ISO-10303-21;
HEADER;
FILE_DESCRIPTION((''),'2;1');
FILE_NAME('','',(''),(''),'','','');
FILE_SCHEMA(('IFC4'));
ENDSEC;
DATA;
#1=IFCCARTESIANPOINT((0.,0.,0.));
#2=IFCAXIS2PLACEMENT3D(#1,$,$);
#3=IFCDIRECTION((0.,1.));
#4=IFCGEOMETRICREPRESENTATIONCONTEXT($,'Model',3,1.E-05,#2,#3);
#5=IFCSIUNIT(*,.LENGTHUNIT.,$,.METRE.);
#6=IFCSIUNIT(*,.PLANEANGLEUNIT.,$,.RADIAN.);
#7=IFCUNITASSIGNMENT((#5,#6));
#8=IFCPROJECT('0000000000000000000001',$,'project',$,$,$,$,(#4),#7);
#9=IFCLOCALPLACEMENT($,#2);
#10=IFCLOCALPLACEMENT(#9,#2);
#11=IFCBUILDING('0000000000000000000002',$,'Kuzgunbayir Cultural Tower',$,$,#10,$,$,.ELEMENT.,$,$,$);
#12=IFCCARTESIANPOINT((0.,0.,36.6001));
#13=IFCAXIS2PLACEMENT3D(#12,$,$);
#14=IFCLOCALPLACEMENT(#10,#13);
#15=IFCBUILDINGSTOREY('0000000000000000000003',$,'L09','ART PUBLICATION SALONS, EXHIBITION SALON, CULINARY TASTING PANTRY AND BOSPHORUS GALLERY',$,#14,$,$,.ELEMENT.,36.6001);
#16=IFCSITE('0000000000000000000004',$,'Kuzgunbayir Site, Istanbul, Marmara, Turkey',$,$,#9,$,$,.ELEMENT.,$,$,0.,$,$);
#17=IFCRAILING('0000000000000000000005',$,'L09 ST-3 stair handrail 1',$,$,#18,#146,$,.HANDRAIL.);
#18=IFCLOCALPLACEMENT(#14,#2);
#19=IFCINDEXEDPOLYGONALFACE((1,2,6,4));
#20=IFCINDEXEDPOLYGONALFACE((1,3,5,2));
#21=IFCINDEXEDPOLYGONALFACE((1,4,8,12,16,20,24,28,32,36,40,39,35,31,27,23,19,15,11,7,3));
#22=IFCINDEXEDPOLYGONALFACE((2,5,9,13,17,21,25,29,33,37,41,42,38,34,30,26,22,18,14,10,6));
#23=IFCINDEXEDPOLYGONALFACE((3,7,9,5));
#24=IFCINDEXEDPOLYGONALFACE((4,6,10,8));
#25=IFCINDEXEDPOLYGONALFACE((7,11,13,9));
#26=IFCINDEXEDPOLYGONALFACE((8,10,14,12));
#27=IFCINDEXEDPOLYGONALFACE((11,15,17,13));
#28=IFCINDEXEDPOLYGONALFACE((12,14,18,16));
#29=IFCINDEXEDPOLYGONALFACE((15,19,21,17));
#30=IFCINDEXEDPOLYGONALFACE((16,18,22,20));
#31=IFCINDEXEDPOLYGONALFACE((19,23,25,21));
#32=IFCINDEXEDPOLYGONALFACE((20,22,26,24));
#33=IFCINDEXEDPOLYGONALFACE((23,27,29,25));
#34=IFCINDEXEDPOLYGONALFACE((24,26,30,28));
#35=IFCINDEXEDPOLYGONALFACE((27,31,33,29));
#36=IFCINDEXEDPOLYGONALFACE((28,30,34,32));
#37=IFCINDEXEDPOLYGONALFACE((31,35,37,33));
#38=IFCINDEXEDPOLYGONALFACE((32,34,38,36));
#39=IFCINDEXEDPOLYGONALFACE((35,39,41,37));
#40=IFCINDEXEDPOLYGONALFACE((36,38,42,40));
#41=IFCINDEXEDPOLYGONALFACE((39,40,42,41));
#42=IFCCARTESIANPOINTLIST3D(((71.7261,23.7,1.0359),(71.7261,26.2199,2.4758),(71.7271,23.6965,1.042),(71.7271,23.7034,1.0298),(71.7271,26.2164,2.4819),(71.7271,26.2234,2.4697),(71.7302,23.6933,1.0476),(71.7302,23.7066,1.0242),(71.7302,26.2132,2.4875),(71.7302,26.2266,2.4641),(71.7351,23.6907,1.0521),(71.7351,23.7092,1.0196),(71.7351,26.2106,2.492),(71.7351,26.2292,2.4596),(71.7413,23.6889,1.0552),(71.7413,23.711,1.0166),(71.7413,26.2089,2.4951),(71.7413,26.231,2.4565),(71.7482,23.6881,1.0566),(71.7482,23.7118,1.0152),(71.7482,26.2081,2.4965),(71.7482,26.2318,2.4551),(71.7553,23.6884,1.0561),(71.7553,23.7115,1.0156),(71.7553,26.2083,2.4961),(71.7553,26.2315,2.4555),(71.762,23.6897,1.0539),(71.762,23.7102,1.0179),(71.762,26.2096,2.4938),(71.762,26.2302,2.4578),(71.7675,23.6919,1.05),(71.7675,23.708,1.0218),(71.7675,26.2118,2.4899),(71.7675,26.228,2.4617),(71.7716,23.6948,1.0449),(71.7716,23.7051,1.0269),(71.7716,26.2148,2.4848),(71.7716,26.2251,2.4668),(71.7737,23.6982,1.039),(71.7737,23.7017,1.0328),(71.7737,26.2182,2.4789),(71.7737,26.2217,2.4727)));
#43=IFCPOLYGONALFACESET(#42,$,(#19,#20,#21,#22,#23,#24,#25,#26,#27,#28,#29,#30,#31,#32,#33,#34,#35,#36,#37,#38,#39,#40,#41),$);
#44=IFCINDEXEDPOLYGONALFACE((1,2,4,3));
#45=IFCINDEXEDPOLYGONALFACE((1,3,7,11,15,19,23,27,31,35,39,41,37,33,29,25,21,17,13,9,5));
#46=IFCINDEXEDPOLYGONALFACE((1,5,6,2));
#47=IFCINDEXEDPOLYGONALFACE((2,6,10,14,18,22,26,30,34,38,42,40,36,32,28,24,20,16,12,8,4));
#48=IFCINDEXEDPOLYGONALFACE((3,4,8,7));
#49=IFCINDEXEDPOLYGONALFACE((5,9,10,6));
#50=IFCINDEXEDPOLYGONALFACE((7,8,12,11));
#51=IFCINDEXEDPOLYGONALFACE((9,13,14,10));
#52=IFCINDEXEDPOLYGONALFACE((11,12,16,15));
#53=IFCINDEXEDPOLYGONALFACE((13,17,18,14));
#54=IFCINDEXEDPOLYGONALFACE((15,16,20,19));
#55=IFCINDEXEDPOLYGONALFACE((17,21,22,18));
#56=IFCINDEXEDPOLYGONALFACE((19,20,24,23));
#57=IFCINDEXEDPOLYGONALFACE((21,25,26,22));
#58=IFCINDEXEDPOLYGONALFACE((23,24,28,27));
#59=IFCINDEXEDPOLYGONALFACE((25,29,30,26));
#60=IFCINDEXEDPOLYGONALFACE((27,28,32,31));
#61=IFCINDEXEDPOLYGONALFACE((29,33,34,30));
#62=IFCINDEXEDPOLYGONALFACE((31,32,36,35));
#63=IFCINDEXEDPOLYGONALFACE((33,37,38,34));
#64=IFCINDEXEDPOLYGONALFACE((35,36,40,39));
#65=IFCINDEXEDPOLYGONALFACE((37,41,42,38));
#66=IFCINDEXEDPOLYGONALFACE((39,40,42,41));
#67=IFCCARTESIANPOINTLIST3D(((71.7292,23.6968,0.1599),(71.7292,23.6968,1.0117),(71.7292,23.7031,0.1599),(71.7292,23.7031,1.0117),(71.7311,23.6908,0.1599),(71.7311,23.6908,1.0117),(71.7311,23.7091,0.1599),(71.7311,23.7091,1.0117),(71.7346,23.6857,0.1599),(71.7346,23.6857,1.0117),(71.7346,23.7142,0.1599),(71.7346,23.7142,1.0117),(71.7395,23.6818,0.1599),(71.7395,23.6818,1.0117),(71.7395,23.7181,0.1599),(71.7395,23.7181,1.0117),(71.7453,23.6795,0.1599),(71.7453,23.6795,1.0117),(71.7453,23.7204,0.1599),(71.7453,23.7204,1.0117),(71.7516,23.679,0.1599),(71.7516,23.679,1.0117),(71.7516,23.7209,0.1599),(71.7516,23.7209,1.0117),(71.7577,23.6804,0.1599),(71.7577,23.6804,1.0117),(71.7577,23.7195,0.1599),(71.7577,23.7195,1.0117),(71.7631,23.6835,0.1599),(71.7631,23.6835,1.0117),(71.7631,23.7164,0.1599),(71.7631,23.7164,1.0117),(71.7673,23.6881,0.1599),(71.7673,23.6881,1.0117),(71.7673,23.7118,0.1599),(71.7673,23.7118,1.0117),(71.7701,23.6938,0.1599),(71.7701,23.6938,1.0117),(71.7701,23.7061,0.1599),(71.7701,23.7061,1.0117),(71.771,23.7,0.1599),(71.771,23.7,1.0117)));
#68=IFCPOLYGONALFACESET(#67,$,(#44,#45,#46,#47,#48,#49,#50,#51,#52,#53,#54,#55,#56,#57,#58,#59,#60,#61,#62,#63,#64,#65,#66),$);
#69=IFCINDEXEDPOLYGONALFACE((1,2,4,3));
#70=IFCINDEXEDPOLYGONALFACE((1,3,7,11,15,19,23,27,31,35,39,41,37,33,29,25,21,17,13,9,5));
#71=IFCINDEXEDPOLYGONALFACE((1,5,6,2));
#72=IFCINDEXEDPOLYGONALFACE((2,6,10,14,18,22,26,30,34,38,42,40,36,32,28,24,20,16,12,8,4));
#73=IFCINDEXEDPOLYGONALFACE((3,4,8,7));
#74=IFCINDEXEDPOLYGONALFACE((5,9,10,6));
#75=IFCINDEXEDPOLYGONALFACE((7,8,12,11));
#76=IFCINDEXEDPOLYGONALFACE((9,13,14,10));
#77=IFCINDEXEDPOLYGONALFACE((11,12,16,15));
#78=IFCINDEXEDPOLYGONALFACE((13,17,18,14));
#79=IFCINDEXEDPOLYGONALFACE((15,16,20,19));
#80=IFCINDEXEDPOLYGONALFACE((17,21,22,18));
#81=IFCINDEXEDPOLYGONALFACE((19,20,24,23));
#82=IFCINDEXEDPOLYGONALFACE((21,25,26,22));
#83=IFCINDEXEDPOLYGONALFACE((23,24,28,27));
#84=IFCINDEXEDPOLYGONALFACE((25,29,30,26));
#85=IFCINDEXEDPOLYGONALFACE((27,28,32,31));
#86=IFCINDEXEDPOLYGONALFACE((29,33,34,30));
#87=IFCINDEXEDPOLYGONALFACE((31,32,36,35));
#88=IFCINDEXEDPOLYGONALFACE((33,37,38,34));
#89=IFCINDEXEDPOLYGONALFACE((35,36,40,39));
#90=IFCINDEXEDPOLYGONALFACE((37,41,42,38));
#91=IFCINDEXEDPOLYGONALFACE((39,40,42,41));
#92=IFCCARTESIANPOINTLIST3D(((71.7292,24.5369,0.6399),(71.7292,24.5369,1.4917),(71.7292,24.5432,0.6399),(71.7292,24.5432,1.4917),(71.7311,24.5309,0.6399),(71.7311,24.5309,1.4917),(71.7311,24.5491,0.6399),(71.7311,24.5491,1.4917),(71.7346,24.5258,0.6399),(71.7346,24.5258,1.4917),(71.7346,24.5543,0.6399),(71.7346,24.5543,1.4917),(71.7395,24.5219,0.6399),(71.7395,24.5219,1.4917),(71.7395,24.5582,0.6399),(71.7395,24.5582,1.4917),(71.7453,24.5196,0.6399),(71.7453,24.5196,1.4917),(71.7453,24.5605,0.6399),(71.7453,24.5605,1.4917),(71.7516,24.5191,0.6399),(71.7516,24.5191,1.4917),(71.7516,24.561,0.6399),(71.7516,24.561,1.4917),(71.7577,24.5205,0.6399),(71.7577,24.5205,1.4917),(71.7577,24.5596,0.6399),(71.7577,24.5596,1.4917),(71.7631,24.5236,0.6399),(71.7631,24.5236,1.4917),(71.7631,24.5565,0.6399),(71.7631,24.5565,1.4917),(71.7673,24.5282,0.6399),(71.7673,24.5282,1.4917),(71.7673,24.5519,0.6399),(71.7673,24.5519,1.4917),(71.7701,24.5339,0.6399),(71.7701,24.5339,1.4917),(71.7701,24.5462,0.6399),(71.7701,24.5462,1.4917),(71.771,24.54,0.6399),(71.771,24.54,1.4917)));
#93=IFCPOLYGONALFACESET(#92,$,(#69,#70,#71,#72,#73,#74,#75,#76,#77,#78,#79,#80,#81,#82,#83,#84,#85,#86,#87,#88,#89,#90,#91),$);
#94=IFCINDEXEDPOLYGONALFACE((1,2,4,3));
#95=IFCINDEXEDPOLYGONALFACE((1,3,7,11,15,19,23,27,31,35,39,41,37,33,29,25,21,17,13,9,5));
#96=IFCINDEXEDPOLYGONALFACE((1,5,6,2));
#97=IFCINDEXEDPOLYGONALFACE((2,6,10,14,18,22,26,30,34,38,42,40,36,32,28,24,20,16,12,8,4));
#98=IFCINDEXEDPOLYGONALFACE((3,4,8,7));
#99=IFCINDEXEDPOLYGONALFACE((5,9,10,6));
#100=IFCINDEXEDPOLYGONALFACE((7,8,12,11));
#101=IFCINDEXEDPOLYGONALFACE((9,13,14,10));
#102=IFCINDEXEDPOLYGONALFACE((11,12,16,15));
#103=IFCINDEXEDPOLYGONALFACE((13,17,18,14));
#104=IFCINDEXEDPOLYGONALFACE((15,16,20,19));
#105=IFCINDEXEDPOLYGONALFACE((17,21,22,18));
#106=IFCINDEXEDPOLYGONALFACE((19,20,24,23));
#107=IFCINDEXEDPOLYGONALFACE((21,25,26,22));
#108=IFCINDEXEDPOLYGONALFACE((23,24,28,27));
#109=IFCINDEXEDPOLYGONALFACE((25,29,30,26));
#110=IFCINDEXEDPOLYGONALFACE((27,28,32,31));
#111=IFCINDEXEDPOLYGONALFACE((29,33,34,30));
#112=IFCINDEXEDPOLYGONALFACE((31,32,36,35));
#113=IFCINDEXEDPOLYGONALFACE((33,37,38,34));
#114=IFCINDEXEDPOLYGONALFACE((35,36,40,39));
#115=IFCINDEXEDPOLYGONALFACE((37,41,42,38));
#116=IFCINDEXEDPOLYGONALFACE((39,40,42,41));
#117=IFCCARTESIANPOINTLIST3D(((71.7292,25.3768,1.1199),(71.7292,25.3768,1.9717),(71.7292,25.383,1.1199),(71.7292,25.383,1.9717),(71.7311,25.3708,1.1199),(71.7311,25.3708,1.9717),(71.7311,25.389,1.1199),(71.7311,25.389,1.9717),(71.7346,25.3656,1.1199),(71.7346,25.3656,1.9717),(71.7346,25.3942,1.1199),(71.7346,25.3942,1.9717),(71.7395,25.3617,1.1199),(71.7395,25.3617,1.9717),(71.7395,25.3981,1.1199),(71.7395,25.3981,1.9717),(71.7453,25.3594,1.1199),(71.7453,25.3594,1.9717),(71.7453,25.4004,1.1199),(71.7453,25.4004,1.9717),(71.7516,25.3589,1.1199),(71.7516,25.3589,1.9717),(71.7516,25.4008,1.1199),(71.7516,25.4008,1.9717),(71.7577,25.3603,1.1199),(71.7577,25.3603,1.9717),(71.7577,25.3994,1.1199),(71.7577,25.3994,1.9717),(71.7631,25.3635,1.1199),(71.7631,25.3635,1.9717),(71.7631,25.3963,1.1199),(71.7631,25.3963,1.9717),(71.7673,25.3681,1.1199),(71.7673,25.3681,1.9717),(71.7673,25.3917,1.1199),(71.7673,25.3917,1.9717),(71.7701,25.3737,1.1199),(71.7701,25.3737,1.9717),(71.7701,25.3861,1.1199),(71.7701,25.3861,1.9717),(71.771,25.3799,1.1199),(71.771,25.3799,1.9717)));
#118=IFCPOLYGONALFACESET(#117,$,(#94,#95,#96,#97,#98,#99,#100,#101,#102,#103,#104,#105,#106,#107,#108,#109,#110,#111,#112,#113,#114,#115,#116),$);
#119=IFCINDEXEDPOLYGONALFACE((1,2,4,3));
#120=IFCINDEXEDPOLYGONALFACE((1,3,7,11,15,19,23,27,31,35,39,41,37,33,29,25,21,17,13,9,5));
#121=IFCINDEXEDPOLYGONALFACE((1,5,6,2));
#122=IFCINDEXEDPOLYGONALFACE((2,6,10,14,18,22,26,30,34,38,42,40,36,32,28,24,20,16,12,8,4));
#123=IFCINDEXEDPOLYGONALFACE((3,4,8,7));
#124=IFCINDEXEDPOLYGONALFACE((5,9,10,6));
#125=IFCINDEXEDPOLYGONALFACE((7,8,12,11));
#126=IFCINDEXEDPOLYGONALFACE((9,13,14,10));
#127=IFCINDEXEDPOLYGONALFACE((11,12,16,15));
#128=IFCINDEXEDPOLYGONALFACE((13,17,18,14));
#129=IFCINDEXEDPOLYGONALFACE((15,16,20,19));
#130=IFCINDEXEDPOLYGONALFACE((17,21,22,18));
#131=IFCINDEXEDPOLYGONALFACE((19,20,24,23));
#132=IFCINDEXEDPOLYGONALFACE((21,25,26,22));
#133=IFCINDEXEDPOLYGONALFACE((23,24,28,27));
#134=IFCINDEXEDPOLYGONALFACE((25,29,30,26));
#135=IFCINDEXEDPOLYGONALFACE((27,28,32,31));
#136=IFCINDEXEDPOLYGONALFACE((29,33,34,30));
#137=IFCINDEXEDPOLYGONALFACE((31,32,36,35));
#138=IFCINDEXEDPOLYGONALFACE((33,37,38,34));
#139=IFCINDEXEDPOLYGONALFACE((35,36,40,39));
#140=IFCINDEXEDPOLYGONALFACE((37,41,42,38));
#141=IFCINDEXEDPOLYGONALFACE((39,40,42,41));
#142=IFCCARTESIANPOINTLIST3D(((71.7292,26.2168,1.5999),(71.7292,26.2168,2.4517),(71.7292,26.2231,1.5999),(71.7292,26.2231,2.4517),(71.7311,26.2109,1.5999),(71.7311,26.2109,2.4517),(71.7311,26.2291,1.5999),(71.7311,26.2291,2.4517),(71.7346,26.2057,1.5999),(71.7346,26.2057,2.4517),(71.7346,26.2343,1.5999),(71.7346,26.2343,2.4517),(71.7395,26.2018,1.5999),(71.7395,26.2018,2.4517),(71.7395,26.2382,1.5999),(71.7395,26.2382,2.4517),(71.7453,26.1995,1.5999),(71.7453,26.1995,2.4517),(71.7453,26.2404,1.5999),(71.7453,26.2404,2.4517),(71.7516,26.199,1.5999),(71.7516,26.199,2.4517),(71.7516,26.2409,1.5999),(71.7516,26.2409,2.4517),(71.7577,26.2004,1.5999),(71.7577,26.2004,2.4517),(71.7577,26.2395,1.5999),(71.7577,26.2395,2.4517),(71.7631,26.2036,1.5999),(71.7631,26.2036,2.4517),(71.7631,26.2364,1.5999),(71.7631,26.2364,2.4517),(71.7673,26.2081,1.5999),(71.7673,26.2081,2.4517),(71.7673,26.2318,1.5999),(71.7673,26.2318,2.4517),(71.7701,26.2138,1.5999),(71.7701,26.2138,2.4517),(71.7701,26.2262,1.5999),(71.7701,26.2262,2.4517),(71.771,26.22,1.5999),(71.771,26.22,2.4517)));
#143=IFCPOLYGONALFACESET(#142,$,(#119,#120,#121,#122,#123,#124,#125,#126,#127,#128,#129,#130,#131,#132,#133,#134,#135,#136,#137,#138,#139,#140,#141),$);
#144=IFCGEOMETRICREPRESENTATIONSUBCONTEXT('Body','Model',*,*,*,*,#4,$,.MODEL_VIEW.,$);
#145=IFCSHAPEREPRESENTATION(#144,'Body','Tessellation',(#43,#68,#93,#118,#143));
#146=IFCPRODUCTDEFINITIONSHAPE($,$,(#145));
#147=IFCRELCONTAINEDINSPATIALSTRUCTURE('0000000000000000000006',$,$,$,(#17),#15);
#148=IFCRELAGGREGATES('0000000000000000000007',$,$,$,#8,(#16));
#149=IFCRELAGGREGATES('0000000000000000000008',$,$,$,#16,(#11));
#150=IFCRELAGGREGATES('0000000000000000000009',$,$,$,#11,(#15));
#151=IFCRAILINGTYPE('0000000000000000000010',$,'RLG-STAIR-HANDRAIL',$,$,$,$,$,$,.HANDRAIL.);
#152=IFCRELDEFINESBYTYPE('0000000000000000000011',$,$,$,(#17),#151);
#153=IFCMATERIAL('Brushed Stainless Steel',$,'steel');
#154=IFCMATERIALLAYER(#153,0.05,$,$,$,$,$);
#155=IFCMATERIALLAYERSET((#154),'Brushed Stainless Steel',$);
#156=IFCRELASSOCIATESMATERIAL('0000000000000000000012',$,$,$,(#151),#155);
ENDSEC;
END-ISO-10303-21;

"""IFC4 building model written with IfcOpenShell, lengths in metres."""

from ifc_helpers import new_model, si_unit, direction, frame, origin, origin_2d, place, context, subcontext, project, spatial, circle, extrude, material, layer, layer_set, type_object, element, save


model = new_model("IFC4")

# Units and contexts
model_context = context("Model", 3, precision=1e-05, world=origin(), true_north=direction((0.0, 1.0)))
body_context = subcontext(model_context, "Body", "Model", "MODEL_VIEW")
ifc_project = project(units=[si_unit("LENGTHUNIT", "METRE"), si_unit("PLANEANGLEUNIT", "RADIAN")], contexts=[model_context])

# Site, building, storey
site_placement = place(None, origin())
site = spatial("IfcSite", under=ifc_project, at=site_placement, Name="Kuzgunbayir Site, Istanbul, Marmara, Turkey", CompositionType="ELEMENT", RefElevation=0.0)
building_placement = place(site_placement, origin())
building = spatial("IfcBuilding", under=site, at=building_placement, Name="Kuzgunbayir Cultural Tower", CompositionType="ELEMENT")
storey_placement = place(building_placement, frame((0.0, 0.0, 36.6001)))
storey = spatial("IfcBuildingStorey", under=building, at=storey_placement, Name="L09", Description="ART PUBLICATION SALONS, EXHIBITION SALON, CULINARY TASTING PANTRY AND BOSPHORUS GALLERY", CompositionType="ELEMENT", Elevation=36.6001)

# Railing
ifc_material_1 = material(Name="Brushed Stainless Steel", Category="steel")
ifc_layer_1 = layer(ifc_material_1, 0.05)
ifc_layer_set_1 = layer_set([ifc_layer_1], Name="Brushed Stainless Steel")
railing_type_1 = type_object("IfcRailingType", Name="RLG-STAIR-HANDRAIL", PredefinedType="HANDRAIL", material=ifc_layer_set_1)
railing_1_placement = place(storey_placement, frame((71.75, 23.7, 0.1599)))
element("IfcRailing", 1, at=railing_1_placement, inside=storey, type_object=railing_type_1, Name="L09 ST-3 stair handrail 1", PredefinedType="HANDRAIL", context=body_context, shape_type="SweptSolid", body=[
    extrude(circle(Radius=0.0239, at=origin_2d()), frame((0.0, 0.0, 0.876), z_axis=(0.0, 0.868253, 0.496121), x_axis=(-1.0, 0.0, 0.0)), (0.0, 0.0, 1.0), 2.9023),
    extrude(circle(Radius=0.021, at=origin_2d()), origin(), (0.0, 0.0, 1.0), 0.8518),
    extrude(circle(Radius=0.021, at=origin_2d()), frame((0.0, 0.8401, 0.48)), (0.0, 0.0, 1.0), 0.8518),
    extrude(circle(Radius=0.021, at=origin_2d()), frame((0.0, 1.6799, 0.96)), (0.0, 0.0, 1.0), 0.8518),
    extrude(circle(Radius=0.021, at=origin_2d()), frame((0.0, 2.52, 1.4399)), (0.0, 0.0, 1.0), 0.8518),
])

save(model, "model.ifc")
